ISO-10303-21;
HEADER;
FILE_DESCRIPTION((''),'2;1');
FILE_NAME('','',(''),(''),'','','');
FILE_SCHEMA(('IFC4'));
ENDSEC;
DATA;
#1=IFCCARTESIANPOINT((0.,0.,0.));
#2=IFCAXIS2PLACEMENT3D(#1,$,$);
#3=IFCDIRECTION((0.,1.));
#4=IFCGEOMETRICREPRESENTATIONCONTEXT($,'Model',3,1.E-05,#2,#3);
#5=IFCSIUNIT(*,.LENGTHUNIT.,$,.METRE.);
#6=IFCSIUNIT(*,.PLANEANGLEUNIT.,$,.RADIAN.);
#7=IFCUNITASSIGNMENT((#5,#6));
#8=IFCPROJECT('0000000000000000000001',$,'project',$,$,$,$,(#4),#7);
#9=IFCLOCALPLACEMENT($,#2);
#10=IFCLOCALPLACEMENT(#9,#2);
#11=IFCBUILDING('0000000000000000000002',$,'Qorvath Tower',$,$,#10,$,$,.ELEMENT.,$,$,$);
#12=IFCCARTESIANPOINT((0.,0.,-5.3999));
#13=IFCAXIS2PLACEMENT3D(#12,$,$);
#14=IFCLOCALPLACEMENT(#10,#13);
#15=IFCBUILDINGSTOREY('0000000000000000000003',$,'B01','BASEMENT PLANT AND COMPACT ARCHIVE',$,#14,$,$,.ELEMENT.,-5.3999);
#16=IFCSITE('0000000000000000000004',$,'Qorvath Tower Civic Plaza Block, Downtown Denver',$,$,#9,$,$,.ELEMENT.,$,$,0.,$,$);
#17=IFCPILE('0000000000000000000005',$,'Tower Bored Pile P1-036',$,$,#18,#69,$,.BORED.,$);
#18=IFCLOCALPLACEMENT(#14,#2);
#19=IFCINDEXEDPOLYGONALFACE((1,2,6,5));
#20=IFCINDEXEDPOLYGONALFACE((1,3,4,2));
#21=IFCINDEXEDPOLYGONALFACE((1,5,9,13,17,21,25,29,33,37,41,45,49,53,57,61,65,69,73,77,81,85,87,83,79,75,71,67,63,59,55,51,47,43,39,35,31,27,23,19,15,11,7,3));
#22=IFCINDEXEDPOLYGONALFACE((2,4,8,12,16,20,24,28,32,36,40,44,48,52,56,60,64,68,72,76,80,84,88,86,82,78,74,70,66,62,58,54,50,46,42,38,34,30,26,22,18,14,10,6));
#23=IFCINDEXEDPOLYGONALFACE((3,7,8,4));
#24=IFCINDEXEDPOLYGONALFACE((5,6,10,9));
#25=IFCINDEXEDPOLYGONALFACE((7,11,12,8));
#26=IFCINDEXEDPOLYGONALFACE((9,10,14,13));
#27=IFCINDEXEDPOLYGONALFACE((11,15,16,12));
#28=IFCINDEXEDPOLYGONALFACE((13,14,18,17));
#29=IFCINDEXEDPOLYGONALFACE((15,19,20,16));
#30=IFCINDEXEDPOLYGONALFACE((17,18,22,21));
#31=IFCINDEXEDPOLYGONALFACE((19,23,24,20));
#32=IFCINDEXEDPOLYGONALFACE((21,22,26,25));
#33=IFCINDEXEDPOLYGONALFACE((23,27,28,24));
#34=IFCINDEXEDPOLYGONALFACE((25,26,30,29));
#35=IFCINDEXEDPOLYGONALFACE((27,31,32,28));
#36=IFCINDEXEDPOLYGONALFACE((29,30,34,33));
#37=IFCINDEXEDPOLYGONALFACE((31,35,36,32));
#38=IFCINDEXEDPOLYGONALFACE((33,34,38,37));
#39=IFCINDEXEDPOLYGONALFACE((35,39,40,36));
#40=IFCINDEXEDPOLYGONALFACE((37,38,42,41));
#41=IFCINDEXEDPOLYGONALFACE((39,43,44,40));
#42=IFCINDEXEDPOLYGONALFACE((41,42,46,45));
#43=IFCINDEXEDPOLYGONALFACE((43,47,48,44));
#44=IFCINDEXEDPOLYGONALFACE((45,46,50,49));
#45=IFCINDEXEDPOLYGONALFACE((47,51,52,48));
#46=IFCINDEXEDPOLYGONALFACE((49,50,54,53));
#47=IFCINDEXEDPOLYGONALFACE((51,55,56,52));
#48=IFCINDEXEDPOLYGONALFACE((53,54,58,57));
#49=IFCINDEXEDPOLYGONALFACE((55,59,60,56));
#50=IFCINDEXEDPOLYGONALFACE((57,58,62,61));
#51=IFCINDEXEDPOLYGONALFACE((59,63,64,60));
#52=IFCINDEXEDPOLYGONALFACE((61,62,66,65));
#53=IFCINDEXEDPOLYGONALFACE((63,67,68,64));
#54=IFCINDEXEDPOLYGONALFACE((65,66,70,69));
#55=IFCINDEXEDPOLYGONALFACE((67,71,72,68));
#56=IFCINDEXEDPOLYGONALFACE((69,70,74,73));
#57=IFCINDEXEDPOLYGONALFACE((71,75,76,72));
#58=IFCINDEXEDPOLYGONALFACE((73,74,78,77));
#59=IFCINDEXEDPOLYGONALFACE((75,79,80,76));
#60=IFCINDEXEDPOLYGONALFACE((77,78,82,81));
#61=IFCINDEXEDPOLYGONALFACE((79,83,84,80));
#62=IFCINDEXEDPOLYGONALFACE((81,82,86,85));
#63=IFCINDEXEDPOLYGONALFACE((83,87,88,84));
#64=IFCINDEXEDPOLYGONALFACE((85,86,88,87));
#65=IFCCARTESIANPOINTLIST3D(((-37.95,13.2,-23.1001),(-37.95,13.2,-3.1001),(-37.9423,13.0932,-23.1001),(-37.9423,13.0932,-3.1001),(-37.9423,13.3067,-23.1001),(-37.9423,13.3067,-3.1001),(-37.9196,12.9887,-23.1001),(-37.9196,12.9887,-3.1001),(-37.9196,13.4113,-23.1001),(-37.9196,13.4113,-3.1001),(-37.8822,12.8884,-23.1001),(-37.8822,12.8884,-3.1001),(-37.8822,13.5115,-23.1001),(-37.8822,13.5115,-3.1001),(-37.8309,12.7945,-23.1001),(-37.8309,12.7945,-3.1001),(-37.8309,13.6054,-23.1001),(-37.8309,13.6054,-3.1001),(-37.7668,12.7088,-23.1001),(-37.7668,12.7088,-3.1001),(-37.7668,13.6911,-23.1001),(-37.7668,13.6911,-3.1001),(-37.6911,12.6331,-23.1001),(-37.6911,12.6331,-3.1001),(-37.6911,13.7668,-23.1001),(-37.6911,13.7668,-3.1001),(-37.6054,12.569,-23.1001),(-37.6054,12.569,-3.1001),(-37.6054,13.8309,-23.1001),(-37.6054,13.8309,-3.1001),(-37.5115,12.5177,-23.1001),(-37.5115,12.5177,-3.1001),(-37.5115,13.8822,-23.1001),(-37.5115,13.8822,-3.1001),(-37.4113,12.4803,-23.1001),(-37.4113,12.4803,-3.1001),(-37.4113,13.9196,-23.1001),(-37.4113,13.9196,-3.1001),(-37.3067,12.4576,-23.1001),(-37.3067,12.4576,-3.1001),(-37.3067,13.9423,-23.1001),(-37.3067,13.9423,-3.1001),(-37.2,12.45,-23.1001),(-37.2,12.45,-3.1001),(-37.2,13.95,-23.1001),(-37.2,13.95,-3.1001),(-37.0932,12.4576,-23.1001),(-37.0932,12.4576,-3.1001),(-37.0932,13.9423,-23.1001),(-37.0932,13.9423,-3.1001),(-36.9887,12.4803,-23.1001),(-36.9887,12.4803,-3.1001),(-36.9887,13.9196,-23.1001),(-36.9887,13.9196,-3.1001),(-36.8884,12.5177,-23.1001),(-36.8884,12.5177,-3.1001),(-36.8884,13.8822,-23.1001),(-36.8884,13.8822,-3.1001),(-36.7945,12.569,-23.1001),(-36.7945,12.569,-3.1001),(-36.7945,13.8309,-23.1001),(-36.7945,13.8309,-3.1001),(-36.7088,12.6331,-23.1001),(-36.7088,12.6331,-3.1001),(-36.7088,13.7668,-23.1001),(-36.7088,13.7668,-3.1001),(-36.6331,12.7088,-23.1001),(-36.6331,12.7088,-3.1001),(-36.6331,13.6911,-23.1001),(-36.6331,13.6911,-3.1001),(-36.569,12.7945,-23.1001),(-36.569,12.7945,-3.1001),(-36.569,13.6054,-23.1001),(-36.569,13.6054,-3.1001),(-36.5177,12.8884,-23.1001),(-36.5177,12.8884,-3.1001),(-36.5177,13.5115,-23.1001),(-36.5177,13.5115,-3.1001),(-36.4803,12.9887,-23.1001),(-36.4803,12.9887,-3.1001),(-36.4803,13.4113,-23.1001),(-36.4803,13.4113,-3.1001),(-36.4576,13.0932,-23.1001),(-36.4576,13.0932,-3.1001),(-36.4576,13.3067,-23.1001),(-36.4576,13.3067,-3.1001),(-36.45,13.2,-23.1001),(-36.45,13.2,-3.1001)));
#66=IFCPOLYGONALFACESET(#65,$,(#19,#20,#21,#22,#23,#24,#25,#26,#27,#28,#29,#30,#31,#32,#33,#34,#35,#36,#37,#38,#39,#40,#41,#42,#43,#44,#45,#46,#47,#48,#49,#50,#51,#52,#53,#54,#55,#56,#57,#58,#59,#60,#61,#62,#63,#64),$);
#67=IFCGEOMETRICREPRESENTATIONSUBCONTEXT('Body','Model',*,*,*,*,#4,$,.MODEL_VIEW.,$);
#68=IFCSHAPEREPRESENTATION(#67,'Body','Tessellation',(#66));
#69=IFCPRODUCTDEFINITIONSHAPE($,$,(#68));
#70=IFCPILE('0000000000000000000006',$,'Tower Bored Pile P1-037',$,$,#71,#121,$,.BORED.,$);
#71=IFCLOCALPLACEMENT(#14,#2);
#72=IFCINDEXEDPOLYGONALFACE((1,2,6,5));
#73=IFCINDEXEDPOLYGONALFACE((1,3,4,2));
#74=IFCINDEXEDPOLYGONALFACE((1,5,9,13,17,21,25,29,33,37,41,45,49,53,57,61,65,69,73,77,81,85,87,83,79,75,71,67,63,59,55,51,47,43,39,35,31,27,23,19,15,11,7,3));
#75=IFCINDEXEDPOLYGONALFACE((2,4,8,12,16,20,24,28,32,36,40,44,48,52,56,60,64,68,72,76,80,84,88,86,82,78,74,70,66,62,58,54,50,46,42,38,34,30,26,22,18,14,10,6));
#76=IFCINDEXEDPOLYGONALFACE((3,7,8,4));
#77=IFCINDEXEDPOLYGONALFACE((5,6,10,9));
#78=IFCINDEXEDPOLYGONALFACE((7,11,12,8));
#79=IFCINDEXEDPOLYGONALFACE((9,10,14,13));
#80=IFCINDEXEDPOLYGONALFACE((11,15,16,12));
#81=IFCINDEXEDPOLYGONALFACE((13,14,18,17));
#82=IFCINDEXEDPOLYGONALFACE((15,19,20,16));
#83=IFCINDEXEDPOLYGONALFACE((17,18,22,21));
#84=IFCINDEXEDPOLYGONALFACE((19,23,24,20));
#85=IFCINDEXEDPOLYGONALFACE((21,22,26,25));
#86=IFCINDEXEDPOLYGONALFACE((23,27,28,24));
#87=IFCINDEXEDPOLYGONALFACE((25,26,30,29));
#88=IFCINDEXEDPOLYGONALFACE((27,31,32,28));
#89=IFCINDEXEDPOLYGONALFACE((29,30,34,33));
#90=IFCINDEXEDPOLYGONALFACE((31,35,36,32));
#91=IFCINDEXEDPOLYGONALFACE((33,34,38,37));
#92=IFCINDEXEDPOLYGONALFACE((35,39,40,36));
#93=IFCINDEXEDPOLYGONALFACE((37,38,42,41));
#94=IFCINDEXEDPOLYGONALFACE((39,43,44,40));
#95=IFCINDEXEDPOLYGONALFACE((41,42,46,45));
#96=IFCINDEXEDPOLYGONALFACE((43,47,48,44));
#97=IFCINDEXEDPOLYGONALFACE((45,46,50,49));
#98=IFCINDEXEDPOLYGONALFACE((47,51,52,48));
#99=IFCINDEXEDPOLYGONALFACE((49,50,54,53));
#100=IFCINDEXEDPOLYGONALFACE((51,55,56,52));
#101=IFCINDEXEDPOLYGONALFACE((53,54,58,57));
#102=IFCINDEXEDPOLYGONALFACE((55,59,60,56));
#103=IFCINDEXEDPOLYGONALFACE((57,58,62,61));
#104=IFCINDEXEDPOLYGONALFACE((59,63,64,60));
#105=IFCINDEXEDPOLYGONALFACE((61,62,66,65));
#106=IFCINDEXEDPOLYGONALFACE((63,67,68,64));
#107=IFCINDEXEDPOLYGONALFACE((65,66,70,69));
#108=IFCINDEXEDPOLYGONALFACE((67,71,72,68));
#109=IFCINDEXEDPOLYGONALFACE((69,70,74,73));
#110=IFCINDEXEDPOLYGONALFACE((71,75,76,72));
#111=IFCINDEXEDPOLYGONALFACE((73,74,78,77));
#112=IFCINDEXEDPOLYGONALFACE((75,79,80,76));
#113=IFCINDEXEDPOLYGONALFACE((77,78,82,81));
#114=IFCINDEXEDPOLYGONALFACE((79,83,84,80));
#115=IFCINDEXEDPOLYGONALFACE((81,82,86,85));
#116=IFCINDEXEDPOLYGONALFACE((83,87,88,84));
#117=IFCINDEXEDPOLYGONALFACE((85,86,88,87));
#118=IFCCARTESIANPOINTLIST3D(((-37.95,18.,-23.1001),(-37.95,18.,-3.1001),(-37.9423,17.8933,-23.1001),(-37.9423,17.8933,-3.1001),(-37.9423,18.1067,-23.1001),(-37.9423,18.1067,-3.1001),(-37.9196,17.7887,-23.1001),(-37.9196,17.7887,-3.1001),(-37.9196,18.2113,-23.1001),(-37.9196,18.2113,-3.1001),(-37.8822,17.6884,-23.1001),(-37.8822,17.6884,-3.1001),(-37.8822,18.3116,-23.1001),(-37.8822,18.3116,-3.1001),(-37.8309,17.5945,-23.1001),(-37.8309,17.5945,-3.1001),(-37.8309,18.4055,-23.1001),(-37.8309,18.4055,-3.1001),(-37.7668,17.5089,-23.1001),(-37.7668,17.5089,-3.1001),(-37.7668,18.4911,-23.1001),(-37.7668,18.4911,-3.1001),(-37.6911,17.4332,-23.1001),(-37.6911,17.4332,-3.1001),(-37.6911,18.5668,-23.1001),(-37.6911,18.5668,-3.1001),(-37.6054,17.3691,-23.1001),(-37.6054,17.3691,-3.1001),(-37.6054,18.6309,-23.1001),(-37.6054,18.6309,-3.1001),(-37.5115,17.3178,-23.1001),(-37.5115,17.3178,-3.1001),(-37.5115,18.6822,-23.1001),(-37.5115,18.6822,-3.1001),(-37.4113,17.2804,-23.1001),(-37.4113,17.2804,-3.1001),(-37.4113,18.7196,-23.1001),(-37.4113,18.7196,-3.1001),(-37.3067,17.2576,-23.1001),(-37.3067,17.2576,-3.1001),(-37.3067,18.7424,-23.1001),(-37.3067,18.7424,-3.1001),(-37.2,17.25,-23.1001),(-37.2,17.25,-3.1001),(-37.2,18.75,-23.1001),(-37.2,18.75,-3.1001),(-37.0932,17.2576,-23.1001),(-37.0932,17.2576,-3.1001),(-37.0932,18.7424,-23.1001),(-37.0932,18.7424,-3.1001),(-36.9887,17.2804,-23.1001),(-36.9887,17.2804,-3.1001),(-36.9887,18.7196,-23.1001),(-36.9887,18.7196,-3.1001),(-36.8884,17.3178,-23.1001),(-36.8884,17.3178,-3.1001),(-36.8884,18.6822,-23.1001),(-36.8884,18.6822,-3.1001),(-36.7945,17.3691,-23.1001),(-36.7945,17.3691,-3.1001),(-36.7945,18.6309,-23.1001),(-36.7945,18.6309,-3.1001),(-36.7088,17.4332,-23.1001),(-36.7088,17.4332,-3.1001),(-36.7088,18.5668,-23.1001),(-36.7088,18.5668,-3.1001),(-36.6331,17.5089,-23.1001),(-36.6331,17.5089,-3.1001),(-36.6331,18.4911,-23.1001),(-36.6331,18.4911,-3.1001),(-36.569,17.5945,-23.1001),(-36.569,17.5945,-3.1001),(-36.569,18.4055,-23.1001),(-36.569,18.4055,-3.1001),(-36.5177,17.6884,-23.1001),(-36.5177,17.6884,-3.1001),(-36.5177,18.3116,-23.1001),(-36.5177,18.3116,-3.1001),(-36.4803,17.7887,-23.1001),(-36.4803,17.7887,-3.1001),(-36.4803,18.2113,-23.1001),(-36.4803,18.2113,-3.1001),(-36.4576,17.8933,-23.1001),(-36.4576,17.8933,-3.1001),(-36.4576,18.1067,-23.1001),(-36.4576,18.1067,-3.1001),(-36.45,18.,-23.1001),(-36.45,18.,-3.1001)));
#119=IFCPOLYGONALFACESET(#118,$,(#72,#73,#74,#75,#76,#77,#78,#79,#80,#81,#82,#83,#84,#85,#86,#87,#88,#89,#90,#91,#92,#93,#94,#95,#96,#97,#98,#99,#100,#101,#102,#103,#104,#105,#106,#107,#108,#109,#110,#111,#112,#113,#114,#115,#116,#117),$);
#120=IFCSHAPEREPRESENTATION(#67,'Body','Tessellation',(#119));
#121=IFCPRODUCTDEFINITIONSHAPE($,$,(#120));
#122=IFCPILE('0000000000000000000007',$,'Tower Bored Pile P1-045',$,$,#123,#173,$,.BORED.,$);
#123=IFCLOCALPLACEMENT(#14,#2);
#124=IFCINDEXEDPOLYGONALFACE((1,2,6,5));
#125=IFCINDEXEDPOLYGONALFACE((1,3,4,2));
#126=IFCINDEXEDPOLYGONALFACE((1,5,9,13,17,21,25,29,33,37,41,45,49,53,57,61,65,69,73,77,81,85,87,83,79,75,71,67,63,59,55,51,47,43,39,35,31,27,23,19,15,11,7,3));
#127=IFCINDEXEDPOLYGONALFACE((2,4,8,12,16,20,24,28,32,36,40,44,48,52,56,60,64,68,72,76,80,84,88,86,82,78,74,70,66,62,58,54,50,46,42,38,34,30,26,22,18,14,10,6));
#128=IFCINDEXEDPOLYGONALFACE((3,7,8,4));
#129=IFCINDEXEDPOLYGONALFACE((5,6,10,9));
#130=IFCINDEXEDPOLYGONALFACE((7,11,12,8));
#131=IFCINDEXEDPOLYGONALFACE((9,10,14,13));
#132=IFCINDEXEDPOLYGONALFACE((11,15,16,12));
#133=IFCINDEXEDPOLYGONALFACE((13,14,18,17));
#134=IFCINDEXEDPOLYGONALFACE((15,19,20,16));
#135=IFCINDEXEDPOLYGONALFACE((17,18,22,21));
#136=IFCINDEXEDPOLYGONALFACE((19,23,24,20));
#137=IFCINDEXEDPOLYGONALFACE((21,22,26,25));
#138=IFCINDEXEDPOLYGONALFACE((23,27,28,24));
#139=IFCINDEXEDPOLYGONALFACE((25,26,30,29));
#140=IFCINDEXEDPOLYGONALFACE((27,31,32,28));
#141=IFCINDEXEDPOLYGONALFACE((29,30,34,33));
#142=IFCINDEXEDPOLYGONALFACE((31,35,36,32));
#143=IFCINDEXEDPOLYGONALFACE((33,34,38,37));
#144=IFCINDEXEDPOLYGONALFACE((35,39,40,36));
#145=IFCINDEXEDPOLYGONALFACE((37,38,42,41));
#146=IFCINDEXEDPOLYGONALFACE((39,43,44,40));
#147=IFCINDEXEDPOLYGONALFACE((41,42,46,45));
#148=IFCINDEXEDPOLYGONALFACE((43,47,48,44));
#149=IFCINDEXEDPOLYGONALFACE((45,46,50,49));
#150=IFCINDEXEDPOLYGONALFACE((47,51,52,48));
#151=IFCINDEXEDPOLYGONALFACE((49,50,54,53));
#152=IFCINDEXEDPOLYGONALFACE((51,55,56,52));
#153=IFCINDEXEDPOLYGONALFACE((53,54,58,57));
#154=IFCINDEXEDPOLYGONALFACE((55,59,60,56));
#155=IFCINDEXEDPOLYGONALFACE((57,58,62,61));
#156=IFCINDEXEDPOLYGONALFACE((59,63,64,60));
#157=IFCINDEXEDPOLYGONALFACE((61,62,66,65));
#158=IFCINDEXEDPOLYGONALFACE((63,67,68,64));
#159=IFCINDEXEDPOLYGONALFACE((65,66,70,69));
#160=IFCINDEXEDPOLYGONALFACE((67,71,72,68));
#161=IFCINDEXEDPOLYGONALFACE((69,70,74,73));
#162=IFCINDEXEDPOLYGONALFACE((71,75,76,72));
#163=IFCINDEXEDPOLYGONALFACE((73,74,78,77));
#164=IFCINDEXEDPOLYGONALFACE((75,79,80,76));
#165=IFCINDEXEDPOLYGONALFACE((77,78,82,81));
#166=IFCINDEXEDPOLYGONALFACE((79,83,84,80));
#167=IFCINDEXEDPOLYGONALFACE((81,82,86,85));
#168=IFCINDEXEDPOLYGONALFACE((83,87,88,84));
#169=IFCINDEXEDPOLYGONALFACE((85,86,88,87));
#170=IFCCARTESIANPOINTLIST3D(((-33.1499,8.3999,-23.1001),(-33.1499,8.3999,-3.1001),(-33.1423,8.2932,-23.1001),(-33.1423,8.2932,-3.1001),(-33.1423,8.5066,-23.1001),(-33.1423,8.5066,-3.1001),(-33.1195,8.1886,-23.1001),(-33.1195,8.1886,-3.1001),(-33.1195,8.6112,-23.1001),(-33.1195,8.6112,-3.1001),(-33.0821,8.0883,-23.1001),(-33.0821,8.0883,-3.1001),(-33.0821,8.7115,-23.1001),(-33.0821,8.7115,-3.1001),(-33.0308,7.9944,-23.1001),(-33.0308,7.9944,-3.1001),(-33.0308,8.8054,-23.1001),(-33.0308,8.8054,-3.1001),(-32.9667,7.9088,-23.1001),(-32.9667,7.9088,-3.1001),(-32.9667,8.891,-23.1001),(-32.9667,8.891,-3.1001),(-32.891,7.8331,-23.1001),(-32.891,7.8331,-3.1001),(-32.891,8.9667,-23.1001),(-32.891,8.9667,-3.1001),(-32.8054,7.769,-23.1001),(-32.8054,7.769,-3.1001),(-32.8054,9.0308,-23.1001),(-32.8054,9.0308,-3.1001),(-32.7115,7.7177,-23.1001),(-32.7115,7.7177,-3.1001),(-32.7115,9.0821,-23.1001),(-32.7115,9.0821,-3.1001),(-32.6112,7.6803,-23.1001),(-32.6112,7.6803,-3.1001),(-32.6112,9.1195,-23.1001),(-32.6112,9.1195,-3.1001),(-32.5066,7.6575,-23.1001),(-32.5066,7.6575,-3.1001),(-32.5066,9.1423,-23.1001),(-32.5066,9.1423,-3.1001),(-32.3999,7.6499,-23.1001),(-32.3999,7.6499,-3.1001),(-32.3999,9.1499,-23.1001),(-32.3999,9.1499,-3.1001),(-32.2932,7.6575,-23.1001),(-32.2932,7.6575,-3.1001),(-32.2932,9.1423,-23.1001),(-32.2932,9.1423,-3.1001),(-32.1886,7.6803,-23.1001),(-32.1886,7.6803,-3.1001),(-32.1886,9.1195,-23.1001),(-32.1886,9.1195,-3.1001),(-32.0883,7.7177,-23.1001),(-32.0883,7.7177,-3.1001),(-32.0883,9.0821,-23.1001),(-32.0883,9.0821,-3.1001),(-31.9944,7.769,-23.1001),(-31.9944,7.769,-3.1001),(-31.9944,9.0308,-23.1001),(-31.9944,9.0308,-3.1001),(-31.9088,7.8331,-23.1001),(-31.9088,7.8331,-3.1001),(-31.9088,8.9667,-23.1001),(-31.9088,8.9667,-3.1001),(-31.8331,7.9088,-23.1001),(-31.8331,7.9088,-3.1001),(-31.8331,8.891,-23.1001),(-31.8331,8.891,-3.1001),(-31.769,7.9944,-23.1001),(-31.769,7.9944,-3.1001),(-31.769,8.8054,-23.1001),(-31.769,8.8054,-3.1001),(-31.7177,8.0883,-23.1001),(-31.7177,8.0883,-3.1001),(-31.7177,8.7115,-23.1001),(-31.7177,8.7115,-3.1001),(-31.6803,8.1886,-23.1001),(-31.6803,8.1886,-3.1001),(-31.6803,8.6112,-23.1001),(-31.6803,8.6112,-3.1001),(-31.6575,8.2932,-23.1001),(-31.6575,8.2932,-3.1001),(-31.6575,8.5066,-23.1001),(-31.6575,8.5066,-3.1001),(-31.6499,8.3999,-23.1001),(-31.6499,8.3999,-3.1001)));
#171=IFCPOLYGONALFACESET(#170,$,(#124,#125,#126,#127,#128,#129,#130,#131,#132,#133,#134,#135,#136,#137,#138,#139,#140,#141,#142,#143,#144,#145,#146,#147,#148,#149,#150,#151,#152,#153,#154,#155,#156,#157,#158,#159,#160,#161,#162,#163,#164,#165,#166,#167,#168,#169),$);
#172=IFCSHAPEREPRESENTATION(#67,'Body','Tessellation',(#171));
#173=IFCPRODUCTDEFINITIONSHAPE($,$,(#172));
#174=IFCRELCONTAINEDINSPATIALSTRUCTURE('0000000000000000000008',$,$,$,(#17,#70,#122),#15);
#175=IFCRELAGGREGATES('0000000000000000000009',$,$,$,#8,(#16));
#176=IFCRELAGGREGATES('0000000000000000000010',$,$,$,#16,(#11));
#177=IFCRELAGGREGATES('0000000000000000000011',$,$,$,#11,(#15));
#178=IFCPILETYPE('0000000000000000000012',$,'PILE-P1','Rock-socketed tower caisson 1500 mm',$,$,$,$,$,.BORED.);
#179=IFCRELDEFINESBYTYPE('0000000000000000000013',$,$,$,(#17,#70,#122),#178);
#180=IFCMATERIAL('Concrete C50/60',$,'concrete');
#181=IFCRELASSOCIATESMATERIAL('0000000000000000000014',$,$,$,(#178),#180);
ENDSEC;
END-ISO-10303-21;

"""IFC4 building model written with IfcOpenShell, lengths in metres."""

from ifc_helpers import new_model, si_unit, direction, frame, origin, origin_2d, place, context, subcontext, project, spatial, circle, extrude, material, material_profile, profile_set, type_object, element, save


model = new_model("IFC4")

# Units and contexts
model_context = context("Model", 3, precision=1e-05, world=origin(), true_north=direction((0.0, 1.0)))
body_context = subcontext(model_context, "Body", "Model", "MODEL_VIEW")
ifc_project = project(units=[si_unit("LENGTHUNIT", "METRE"), si_unit("PLANEANGLEUNIT", "RADIAN")], contexts=[model_context])

# Site, building, storey
site_placement = place(None, origin())
site = spatial("IfcSite", under=ifc_project, at=site_placement, Name="Qorvath Tower Civic Plaza Block, Downtown Denver", CompositionType="ELEMENT", RefElevation=0.0)
building_placement = place(site_placement, origin())
building = spatial("IfcBuilding", under=site, at=building_placement, Name="Qorvath Tower", CompositionType="ELEMENT")
storey_placement = place(building_placement, frame((0.0, 0.0, -5.3999)))
storey = spatial("IfcBuildingStorey", under=building, at=storey_placement, Name="B01", Description="BASEMENT PLANT AND COMPACT ARCHIVE", CompositionType="ELEMENT", Elevation=-5.3999)

# Piles
ifc_material_1 = material(Name="Concrete C50/60", Category="concrete")
ifc_material_profile_1 = material_profile(ifc_material_1, circle(Radius=0.75, at=origin_2d()), Name="BORED PILE 1500")
ifc_profile_set_1 = profile_set([ifc_material_profile_1], Name="Concrete C50/60")
pile_type = type_object("IfcPileType", Name="PILE-P1", Description="Rock-socketed tower caisson 1500 mm", PredefinedType="BORED", material=ifc_profile_set_1)
for number, where, z_axis, x_axis, name in (
    (1, (-37.2, 13.2, -3.1001), (0.0, 0.0, -1.0), (1.0, 0.0, 0.0), "Tower Bored Pile P1-036"),
    (2, (-37.2, 18.0, -3.1001), (0.0, 0.0, -1.0), (1.0, 0.0, 0.0), "Tower Bored Pile P1-037"),
    (3, (-32.3999, 8.3999, -3.1001), (0.0, 0.0, -1.0), (1.0, 0.0, 0.0), "Tower Bored Pile P1-045"),
):
    element("IfcPile", number, at=place(storey_placement, frame(where, z_axis=z_axis, x_axis=x_axis)), inside=storey, type_object=pile_type, Name=name, PredefinedType="BORED", context=body_context, shape_type="SweptSolid", body=[
        extrude(circle(Radius=0.75, at=origin_2d()), origin(), (0.0, 0.0, 1.0), 20.0),
    ])

save(model, "model.ifc")
